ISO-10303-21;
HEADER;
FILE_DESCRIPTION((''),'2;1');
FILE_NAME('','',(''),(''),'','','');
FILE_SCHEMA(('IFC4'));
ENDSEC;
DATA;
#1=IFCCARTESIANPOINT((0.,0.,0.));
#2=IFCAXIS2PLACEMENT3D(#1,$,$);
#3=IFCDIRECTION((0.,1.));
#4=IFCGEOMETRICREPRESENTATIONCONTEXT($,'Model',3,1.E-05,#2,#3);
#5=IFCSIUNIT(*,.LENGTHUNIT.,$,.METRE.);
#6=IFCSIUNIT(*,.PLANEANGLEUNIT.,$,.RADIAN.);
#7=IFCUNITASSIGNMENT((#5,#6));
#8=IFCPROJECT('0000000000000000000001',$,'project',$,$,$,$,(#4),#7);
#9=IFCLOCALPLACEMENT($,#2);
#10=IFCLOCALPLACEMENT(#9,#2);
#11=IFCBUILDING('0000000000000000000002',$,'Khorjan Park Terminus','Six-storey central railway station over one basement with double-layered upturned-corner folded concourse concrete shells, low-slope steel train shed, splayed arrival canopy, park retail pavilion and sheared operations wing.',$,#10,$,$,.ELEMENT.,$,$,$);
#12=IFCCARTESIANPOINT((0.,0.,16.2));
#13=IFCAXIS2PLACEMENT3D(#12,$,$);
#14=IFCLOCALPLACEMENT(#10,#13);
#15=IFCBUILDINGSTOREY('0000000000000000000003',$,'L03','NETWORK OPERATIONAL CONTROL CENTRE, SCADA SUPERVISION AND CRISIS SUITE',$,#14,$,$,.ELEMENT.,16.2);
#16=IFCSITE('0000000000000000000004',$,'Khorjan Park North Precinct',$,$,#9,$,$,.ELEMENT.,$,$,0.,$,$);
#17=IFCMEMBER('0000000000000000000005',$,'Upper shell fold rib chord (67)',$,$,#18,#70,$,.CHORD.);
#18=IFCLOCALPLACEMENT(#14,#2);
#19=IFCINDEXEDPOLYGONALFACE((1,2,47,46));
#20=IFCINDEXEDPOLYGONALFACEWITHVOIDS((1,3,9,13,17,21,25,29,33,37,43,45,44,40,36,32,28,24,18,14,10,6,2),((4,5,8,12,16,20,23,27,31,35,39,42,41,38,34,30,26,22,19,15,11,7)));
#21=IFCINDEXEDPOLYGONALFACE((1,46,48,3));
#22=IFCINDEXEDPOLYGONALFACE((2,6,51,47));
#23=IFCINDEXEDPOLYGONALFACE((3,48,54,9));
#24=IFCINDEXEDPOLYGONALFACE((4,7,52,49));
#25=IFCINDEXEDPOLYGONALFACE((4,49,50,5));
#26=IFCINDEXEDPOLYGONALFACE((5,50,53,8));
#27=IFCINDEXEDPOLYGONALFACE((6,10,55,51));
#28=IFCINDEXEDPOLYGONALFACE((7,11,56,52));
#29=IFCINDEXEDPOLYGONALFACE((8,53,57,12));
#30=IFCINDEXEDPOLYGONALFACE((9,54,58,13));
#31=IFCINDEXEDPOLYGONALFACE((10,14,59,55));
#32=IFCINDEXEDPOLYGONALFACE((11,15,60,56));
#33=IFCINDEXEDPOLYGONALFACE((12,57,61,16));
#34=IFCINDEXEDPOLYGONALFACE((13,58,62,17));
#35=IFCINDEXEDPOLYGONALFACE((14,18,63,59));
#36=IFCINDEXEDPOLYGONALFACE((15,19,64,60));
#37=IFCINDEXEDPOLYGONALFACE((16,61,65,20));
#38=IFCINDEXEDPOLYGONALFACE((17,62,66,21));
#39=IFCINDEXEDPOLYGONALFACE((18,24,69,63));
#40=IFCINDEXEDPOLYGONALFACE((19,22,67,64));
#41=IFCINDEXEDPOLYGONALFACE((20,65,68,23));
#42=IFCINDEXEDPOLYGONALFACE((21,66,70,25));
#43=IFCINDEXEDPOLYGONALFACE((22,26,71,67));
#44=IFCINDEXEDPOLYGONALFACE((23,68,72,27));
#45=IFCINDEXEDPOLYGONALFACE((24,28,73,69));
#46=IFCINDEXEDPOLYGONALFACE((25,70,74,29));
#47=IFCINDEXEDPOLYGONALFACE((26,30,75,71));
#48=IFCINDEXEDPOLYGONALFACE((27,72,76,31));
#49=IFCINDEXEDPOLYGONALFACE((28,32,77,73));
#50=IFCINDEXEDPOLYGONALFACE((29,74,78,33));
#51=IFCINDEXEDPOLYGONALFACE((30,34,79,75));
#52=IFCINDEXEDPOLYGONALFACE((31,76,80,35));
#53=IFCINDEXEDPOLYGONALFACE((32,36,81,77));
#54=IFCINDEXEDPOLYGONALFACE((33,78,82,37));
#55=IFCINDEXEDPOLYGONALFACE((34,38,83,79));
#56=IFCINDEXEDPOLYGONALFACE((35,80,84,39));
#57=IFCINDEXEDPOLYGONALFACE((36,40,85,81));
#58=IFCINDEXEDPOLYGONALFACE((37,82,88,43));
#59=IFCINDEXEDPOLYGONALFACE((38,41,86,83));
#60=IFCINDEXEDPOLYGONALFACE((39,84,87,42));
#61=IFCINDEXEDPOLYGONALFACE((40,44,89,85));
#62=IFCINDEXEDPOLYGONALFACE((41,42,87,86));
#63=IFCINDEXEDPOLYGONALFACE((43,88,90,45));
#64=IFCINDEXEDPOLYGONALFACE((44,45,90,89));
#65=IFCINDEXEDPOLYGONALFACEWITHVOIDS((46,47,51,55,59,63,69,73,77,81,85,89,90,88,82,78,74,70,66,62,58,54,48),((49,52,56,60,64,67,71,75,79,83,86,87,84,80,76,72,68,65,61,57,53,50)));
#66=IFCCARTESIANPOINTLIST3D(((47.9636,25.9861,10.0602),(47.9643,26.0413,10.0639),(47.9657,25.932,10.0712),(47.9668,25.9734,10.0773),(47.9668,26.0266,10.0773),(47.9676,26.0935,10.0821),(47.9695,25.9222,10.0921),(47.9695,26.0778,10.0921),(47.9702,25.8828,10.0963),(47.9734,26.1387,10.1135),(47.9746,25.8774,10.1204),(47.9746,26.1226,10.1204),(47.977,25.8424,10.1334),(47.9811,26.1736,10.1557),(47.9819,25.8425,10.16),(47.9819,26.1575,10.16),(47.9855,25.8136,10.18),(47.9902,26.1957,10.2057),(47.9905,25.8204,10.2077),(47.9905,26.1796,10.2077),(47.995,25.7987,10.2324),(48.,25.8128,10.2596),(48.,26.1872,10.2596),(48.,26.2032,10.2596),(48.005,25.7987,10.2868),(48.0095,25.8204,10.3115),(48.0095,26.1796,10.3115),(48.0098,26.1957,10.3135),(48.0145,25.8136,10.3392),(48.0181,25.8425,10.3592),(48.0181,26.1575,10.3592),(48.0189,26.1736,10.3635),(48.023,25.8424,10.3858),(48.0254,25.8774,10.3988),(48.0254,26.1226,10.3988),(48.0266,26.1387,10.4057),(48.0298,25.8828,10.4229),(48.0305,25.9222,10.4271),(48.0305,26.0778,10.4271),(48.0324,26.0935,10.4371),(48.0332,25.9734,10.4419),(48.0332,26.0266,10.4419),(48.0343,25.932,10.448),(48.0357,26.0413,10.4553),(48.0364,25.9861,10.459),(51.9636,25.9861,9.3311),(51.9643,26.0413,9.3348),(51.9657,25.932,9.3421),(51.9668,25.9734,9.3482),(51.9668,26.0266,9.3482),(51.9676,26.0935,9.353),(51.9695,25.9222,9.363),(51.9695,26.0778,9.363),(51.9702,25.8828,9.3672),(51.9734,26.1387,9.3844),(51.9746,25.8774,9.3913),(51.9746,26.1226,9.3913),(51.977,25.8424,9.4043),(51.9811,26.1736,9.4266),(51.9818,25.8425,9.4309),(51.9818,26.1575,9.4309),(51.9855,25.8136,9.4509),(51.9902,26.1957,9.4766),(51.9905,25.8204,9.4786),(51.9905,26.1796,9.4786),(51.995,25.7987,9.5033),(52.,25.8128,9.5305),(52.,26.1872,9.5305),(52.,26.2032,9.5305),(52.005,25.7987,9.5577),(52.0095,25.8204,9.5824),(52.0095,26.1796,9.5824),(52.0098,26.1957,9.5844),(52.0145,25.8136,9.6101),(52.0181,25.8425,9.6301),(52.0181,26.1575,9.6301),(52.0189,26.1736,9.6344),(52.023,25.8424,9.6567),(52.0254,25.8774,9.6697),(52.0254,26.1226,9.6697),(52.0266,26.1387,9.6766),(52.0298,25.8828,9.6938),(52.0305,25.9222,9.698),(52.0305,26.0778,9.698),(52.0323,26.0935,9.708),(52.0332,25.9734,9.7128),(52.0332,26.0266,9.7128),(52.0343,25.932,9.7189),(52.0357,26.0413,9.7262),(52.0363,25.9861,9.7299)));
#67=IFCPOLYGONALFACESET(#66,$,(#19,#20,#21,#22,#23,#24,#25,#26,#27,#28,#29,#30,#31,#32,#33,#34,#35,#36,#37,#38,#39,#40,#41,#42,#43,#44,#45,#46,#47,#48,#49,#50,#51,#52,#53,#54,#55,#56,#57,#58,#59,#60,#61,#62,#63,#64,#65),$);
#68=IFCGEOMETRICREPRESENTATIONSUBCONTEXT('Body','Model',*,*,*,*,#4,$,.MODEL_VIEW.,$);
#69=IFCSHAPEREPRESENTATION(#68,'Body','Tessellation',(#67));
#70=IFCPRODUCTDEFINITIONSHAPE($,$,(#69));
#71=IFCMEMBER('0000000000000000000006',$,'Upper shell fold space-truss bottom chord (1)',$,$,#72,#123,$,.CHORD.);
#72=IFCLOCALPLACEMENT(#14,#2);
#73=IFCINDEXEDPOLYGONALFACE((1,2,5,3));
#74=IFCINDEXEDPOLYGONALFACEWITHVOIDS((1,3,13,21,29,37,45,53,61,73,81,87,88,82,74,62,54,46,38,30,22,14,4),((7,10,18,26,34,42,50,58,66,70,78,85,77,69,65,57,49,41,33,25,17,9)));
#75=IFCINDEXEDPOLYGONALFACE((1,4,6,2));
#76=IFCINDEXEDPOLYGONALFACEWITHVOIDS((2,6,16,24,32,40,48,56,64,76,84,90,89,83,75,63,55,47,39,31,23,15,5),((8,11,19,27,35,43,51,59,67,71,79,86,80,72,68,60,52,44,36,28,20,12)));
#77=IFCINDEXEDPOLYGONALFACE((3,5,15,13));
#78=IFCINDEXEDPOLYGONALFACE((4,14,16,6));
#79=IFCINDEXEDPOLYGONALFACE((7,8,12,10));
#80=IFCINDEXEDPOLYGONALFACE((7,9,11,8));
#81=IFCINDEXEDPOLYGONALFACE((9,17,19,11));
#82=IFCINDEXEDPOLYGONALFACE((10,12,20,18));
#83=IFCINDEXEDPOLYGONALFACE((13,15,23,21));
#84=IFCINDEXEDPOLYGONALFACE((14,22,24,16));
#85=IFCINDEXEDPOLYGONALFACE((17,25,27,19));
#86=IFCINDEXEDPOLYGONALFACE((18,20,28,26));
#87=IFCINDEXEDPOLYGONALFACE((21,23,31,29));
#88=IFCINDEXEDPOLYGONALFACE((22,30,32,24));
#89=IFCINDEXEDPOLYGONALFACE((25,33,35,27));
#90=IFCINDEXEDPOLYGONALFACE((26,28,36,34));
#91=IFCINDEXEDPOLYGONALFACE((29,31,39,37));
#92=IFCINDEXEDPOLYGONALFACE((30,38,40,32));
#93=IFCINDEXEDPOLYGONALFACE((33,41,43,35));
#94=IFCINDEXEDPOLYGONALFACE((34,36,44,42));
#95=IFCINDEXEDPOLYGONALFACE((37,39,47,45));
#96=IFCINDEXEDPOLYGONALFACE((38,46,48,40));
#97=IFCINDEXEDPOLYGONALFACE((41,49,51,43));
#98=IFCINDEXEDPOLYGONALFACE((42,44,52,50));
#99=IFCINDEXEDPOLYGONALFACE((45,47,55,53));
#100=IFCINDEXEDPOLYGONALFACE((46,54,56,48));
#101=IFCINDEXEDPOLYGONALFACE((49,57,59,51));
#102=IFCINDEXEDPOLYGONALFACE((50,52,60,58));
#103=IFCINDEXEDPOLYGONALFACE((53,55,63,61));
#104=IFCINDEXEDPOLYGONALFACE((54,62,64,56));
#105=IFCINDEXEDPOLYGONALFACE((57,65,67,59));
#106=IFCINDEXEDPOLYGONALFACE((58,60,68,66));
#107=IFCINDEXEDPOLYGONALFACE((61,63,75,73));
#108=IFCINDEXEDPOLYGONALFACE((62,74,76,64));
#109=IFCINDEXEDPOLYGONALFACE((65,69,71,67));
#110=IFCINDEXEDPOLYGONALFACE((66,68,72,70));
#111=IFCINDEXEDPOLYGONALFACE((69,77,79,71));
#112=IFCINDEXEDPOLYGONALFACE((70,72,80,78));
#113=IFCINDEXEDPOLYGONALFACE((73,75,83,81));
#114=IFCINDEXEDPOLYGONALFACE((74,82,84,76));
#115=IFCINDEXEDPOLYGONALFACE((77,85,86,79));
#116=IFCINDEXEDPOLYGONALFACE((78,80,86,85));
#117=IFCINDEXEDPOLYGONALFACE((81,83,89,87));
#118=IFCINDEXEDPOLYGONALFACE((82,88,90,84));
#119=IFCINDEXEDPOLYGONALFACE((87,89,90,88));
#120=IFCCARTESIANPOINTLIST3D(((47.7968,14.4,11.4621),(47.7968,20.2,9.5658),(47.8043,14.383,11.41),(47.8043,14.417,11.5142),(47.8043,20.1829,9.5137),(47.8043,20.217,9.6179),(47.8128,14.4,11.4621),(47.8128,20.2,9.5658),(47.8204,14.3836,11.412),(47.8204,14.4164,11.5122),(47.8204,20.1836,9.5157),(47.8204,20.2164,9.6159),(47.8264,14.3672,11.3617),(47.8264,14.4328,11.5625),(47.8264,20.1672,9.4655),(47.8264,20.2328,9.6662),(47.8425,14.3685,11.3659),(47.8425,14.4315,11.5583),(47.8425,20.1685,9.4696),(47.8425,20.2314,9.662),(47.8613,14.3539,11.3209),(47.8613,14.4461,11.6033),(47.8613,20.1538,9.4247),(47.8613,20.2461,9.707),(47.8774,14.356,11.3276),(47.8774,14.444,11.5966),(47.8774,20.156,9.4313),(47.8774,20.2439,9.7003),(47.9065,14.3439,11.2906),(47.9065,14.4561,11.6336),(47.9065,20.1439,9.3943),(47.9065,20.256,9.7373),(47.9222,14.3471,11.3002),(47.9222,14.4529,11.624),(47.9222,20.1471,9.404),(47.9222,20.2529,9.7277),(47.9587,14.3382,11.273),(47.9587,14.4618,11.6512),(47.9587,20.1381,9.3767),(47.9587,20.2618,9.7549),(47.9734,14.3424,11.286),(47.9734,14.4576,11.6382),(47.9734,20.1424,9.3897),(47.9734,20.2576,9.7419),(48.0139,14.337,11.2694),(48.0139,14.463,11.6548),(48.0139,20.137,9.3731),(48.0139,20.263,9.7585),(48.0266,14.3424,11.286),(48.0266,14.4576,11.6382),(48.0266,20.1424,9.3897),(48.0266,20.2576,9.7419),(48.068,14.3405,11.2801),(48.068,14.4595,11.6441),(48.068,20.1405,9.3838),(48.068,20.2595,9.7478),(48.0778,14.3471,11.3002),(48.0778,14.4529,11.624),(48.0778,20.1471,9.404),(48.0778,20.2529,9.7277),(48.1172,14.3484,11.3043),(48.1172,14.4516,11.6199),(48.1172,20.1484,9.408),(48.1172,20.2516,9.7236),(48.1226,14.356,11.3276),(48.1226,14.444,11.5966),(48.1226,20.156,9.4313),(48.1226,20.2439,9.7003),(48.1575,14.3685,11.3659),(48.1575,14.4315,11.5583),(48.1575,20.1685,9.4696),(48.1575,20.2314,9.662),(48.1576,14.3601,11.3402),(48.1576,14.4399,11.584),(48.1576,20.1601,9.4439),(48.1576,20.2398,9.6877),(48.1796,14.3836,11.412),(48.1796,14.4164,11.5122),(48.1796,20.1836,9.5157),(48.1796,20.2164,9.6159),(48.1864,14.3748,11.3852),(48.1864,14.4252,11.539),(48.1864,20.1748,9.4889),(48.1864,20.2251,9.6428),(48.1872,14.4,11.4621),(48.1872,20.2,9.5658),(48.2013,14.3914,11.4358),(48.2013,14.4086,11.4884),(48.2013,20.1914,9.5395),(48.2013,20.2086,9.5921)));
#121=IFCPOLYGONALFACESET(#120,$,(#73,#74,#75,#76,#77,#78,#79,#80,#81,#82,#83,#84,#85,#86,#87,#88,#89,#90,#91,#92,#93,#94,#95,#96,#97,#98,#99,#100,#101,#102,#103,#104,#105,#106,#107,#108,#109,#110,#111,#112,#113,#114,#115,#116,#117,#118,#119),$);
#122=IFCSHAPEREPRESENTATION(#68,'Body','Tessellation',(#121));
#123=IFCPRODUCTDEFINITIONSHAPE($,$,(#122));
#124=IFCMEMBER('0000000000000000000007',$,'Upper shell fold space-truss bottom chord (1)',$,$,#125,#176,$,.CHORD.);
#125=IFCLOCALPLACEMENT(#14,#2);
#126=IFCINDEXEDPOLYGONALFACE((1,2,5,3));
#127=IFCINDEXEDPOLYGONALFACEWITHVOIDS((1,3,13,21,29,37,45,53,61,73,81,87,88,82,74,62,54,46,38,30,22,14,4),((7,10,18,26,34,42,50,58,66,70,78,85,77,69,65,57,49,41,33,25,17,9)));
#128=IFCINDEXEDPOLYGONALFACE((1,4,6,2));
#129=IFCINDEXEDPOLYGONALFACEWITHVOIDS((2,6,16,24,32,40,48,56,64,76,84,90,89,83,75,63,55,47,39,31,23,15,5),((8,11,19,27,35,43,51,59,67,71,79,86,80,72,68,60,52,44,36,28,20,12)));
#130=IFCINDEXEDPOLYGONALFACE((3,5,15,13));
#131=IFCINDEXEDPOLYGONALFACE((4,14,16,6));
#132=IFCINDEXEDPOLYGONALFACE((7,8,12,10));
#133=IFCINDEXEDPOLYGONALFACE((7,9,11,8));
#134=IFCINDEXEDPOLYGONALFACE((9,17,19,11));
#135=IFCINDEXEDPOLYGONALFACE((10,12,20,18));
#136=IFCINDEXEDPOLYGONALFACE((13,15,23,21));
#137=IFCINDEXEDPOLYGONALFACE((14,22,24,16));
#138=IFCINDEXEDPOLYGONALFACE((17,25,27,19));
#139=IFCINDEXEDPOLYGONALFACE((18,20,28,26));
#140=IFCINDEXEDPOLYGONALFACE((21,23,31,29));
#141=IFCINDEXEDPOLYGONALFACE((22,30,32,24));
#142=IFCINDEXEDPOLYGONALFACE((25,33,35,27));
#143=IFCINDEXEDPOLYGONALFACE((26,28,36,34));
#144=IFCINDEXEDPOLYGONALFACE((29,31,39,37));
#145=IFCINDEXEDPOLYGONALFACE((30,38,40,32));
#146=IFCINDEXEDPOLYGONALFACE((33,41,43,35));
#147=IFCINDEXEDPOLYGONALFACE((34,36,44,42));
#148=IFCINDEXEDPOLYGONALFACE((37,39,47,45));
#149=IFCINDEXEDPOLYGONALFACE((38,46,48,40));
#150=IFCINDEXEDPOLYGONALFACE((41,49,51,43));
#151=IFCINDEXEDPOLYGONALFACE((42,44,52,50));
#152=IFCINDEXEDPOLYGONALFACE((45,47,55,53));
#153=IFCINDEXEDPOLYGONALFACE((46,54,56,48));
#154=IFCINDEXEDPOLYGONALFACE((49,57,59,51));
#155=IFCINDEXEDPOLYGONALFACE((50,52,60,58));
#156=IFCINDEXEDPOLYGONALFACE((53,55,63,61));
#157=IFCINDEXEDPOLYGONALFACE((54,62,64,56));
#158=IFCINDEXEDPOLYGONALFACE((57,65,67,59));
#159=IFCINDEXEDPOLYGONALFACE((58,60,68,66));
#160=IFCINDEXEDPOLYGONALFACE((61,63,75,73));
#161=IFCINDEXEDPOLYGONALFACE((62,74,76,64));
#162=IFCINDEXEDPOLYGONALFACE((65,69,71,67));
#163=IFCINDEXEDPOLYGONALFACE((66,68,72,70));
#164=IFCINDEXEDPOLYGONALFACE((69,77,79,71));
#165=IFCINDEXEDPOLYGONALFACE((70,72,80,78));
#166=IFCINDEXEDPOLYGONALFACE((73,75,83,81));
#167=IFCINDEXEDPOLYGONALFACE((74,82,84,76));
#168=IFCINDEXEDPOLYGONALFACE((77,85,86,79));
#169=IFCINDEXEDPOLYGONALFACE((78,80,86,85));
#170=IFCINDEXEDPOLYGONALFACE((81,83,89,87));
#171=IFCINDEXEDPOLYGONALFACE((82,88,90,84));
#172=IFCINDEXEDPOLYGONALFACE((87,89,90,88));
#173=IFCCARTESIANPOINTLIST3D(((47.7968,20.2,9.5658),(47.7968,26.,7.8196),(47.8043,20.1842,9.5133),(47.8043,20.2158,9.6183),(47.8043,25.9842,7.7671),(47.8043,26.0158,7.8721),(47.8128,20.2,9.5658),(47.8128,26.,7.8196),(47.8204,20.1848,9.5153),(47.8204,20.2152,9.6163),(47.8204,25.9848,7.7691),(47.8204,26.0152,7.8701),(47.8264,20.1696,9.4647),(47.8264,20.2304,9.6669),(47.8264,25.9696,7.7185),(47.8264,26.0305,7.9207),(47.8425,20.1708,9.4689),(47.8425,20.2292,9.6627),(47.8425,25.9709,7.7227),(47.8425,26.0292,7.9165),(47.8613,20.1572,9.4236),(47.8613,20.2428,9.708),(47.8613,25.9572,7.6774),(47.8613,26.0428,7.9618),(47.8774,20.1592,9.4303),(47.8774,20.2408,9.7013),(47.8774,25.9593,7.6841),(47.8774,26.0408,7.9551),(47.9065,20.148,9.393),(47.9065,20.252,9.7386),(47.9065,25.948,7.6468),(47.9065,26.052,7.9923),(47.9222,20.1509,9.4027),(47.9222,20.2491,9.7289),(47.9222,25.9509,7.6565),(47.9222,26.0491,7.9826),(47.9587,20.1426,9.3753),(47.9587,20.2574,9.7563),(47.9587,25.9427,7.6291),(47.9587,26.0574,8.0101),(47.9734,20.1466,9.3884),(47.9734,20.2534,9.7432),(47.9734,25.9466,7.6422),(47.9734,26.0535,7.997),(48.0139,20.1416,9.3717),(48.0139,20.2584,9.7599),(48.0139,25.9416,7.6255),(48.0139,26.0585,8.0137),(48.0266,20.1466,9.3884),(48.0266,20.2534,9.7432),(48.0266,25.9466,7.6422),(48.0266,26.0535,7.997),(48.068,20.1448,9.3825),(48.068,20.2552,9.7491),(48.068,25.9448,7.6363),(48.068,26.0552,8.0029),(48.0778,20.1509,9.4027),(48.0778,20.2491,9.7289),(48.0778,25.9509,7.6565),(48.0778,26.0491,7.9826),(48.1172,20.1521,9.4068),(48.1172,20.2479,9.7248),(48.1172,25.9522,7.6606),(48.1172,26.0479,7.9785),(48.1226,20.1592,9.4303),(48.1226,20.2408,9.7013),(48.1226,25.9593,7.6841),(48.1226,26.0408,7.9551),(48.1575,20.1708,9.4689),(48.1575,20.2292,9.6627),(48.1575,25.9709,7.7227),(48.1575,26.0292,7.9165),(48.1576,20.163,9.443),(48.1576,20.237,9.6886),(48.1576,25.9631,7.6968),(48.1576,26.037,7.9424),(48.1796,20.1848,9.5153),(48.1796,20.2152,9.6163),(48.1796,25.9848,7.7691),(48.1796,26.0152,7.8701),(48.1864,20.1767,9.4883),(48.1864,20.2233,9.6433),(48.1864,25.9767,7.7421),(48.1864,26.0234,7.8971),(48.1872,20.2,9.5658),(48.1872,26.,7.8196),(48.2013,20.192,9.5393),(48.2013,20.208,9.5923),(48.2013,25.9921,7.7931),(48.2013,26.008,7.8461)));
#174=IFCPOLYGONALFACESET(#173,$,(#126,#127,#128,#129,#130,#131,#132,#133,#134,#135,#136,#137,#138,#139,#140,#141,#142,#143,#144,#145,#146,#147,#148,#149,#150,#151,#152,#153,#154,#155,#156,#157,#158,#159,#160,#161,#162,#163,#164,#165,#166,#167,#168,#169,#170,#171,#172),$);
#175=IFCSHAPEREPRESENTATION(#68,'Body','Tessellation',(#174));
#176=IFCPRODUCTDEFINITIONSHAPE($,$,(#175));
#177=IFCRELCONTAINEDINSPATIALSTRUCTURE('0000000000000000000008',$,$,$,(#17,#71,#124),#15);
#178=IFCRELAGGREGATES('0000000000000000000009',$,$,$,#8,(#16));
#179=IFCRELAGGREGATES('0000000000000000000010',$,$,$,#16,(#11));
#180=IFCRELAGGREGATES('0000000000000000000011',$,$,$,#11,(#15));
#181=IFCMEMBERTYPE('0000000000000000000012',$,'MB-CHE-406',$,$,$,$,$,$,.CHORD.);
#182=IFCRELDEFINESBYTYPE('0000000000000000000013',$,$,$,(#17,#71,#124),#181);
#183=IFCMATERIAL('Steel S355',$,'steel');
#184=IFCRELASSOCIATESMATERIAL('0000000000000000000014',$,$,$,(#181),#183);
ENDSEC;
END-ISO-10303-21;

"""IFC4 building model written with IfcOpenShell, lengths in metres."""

from ifc_helpers import new_model, si_unit, direction, frame, origin, origin_2d, place, context, subcontext, project, spatial, hollow_circle, extrude, material, material_profile, profile_set, type_object, element, save


model = new_model("IFC4")

# Units and contexts
model_context = context("Model", 3, precision=1e-05, world=origin(), true_north=direction((0.0, 1.0)))
body_context = subcontext(model_context, "Body", "Model", "MODEL_VIEW")
ifc_project = project(units=[si_unit("LENGTHUNIT", "METRE"), si_unit("PLANEANGLEUNIT", "RADIAN")], contexts=[model_context])

# Site, building, storey
site_placement = place(None, origin())
site = spatial("IfcSite", under=ifc_project, at=site_placement, Name="Khorjan Park North Precinct", CompositionType="ELEMENT", RefElevation=0.0)
building_placement = place(site_placement, origin())
building = spatial("IfcBuilding", under=site, at=building_placement, Name="Khorjan Park Terminus", Description="Six-storey central railway station over one basement with double-layered upturned-corner folded concourse concrete shells, low-slope steel train shed, splayed arrival canopy, park retail pavilion and sheared operations wing.", CompositionType="ELEMENT")
storey_placement = place(building_placement, frame((0.0, 0.0, 16.2)))
storey = spatial("IfcBuildingStorey", under=building, at=storey_placement, Name="L03", Description="NETWORK OPERATIONAL CONTROL CENTRE, SCADA SUPERVISION AND CRISIS SUITE", CompositionType="ELEMENT", Elevation=16.2)

# Members
ifc_material_1 = material(Name="Steel S355", Category="steel")
ifc_material_profile_1 = material_profile(ifc_material_1, hollow_circle(Radius=0.2032, WallThickness=0.016, at=origin_2d()), Name="CHS 406.4x16")
ifc_profile_set_1 = profile_set([ifc_material_profile_1], Name="Steel S355")
member_type_1 = type_object("IfcMemberType", Name="MB-CHE-406", PredefinedType="CHORD", material=ifc_profile_set_1)
member_1_placement = place(storey_placement, frame((48.0, 26.0, 10.2596), z_axis=(0.983791, 0.0, -0.17932), x_axis=(0.0, 1.0, 0.0)))
element("IfcMember", 1, at=member_1_placement, inside=storey, type_object=member_type_1, Name="Upper shell fold rib chord (67)", PredefinedType="CHORD", context=body_context, shape_type="SweptSolid", body=[
    extrude(hollow_circle(Radius=0.2032, WallThickness=0.016, at=origin_2d()), origin(), (0.0, 0.0, 1.0), 4.0659),
])
member_2_placement = place(storey_placement, frame((48.0, 14.4, 11.4621), z_axis=(0.0, 0.950488, -0.31076), x_axis=(-1.0, 0.0, 0.0)))
element("IfcMember", 2, at=member_2_placement, inside=storey, type_object=member_type_1, Name="Upper shell fold space-truss bottom chord (1)", PredefinedType="CHORD", context=body_context, shape_type="SweptSolid", body=[
    extrude(hollow_circle(Radius=0.2032, WallThickness=0.016, at=origin_2d()), origin(), (0.0, 0.0, 1.0), 6.1021),
])
member_3_placement = place(storey_placement, frame((48.0, 20.2, 9.5658), z_axis=(0.0, 0.957544, -0.288287), x_axis=(-1.0, 0.0, 0.0)))
element("IfcMember", 3, at=member_3_placement, inside=storey, type_object=member_type_1, Name="Upper shell fold space-truss bottom chord (1)", PredefinedType="CHORD", context=body_context, shape_type="SweptSolid", body=[
    extrude(hollow_circle(Radius=0.2032, WallThickness=0.016, at=origin_2d()), origin(), (0.0, 0.0, 1.0), 6.0572),
])

save(model, "model.ifc")
